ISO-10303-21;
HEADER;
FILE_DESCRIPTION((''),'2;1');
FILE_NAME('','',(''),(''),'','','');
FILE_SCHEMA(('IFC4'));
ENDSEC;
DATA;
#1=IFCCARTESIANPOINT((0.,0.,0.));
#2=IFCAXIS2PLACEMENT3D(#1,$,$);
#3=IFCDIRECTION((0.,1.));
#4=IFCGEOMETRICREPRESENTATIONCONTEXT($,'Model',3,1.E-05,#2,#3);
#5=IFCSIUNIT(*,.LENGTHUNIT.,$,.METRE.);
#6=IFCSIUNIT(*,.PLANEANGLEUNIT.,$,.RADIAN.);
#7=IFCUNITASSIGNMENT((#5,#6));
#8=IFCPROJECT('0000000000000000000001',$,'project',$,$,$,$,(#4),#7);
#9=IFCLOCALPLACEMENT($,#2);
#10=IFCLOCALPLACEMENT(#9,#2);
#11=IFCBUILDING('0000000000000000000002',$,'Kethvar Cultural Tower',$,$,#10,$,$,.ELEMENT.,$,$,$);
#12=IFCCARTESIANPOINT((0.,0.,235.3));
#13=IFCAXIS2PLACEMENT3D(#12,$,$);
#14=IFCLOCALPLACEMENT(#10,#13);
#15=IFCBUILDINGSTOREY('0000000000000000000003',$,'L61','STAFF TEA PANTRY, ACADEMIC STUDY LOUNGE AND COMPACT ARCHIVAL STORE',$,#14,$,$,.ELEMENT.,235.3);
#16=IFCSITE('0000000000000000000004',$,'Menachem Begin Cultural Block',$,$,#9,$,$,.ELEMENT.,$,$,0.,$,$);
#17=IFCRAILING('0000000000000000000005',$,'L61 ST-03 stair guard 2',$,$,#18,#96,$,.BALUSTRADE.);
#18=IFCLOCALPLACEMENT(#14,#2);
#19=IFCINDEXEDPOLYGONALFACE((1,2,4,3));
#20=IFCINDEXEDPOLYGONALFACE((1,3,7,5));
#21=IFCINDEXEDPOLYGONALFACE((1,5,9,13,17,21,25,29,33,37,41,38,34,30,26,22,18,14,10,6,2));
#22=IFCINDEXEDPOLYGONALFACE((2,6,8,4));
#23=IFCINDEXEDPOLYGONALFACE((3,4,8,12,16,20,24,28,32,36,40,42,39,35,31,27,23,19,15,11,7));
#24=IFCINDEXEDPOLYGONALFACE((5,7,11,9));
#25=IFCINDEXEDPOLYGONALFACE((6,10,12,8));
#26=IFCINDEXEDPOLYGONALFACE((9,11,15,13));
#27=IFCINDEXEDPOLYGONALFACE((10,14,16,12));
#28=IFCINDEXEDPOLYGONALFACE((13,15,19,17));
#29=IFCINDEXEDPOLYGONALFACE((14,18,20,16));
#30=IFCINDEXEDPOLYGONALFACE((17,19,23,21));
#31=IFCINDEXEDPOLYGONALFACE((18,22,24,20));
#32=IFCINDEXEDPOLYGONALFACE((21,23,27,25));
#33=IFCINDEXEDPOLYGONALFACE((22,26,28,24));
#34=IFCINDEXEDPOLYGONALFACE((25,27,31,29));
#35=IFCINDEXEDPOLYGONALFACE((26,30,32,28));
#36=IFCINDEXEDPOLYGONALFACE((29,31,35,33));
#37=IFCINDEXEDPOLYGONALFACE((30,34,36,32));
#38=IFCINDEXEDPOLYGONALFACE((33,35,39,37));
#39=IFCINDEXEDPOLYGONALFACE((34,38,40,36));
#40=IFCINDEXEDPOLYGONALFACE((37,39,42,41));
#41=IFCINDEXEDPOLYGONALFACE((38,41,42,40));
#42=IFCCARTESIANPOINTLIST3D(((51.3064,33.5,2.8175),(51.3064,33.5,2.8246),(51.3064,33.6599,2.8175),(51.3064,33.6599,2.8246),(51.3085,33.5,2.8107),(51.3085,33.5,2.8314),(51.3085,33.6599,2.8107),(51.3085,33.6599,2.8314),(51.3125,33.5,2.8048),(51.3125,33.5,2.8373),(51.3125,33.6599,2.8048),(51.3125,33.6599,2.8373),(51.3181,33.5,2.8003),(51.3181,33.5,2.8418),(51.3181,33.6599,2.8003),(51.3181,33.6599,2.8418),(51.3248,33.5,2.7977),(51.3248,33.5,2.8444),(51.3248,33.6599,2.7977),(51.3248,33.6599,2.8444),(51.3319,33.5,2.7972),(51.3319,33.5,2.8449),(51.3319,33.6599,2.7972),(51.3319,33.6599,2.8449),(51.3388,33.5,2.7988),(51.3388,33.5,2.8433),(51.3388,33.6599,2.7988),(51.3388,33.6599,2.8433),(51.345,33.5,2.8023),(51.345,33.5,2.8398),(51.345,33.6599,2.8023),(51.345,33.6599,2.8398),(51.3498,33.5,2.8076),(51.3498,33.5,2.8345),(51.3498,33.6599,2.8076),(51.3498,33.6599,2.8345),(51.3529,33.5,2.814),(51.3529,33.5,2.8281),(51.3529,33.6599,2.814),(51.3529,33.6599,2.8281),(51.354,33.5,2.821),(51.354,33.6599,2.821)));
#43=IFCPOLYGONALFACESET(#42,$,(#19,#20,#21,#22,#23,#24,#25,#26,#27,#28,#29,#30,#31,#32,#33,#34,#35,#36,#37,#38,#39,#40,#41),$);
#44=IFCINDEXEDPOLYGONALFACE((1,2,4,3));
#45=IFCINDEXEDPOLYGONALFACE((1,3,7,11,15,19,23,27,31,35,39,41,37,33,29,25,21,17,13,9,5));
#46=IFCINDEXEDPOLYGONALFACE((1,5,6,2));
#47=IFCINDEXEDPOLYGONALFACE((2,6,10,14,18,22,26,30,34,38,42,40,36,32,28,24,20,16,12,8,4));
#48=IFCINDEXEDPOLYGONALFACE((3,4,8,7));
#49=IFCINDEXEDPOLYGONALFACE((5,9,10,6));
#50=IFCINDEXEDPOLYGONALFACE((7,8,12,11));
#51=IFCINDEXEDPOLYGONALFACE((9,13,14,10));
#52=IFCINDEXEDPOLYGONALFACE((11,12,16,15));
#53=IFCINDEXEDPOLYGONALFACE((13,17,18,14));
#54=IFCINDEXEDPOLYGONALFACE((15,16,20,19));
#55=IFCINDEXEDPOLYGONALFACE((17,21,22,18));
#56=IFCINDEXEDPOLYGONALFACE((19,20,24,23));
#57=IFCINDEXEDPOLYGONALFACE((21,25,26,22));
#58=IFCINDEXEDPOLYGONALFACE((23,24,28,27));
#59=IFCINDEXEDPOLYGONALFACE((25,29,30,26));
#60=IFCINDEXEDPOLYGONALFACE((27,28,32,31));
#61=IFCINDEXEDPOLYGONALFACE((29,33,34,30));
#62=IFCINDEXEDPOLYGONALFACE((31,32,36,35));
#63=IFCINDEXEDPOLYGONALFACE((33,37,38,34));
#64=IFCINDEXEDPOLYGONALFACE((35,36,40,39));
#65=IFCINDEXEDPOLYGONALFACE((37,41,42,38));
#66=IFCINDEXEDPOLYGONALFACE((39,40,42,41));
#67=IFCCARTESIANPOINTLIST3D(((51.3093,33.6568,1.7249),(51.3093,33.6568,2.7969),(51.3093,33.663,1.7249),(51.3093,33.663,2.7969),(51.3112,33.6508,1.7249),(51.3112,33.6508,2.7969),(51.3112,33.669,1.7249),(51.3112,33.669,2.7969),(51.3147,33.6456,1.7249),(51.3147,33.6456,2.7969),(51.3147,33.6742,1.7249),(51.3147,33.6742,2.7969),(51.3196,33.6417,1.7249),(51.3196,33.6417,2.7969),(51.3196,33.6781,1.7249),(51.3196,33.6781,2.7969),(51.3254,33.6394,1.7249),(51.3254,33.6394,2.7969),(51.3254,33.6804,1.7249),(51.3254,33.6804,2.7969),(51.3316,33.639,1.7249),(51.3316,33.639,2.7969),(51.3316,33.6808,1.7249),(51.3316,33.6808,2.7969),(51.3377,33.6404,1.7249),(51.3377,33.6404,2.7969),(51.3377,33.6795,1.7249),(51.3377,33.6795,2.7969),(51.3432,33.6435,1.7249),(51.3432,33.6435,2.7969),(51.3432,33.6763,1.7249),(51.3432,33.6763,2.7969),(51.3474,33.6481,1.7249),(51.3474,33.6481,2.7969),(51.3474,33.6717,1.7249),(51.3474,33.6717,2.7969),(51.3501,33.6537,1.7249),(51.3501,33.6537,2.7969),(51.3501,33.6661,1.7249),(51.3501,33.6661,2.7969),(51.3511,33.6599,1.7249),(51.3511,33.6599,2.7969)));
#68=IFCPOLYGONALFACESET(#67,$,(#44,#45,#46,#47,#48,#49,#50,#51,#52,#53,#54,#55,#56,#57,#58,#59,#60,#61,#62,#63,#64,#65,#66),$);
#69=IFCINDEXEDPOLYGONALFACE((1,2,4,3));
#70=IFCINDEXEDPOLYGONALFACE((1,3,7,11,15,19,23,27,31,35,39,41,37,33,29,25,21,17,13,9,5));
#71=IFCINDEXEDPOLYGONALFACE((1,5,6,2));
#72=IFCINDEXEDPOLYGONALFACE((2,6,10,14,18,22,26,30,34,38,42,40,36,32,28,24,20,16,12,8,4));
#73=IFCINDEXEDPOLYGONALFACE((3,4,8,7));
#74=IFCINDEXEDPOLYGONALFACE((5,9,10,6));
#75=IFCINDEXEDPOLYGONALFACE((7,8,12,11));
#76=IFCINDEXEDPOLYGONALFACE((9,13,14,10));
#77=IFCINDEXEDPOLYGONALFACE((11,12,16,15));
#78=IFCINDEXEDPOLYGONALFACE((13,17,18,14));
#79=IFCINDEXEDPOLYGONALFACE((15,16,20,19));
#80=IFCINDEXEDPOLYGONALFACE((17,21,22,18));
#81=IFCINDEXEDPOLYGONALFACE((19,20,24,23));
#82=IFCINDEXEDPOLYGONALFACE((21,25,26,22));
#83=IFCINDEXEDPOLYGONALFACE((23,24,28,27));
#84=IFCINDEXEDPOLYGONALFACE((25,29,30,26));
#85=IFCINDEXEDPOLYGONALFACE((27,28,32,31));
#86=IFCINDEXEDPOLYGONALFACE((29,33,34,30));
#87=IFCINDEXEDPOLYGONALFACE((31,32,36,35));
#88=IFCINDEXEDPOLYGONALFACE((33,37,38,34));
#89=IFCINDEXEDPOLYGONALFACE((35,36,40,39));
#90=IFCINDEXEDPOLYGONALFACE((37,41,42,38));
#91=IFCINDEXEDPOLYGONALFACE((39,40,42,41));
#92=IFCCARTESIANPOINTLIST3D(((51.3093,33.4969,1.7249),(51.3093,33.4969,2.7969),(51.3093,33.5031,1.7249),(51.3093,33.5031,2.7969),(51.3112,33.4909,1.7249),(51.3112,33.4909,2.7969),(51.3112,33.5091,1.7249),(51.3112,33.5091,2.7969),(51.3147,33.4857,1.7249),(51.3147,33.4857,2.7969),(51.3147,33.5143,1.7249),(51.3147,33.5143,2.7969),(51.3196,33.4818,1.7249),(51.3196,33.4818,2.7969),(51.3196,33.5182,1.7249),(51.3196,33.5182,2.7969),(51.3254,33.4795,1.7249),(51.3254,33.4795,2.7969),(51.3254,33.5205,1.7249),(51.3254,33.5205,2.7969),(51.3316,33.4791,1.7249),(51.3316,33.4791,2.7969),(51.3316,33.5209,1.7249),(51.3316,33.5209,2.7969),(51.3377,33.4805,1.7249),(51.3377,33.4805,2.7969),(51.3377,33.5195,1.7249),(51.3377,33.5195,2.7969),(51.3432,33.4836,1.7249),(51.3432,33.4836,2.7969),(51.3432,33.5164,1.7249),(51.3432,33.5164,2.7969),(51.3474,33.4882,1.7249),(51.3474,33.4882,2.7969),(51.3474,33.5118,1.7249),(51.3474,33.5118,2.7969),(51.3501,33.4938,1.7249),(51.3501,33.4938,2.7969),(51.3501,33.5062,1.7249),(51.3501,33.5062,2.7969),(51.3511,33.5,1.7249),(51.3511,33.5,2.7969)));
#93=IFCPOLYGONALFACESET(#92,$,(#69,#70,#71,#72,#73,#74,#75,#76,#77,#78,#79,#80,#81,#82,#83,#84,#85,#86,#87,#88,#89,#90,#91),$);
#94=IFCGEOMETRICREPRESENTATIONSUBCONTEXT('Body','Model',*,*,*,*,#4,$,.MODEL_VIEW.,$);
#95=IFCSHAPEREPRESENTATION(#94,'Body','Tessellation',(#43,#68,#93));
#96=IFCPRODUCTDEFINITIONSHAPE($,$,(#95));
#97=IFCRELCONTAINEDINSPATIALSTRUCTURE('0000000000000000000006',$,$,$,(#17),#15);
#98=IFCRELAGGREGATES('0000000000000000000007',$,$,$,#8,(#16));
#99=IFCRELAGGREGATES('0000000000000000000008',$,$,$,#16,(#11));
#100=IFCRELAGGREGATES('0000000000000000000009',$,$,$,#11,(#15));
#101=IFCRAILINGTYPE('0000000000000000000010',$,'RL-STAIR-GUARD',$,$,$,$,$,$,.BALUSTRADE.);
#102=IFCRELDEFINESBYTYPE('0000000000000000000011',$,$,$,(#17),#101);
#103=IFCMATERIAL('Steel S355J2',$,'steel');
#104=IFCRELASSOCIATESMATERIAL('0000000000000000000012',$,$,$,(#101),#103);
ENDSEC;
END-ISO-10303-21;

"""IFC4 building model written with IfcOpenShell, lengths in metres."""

from ifc_helpers import new_model, si_unit, direction, frame, origin, origin_2d, place, context, subcontext, project, spatial, circle, extrude, material, type_object, element, save


model = new_model("IFC4")

# Units and contexts
model_context = context("Model", 3, precision=1e-05, world=origin(), true_north=direction((0.0, 1.0)))
body_context = subcontext(model_context, "Body", "Model", "MODEL_VIEW")
ifc_project = project(units=[si_unit("LENGTHUNIT", "METRE"), si_unit("PLANEANGLEUNIT", "RADIAN")], contexts=[model_context])

# Site, building, storey
site_placement = place(None, origin())
site = spatial("IfcSite", under=ifc_project, at=site_placement, Name="Menachem Begin Cultural Block", CompositionType="ELEMENT", RefElevation=0.0)
building_placement = place(site_placement, origin())
building = spatial("IfcBuilding", under=site, at=building_placement, Name="Kethvar Cultural Tower", CompositionType="ELEMENT")
storey_placement = place(building_placement, frame((0.0, 0.0, 235.3)))
storey = spatial("IfcBuildingStorey", under=building, at=storey_placement, Name="L61", Description="STAFF TEA PANTRY, ACADEMIC STUDY LOUNGE AND COMPACT ARCHIVAL STORE", CompositionType="ELEMENT", Elevation=235.3)

# Shared definitions
ifc_material_1 = material(Name="Steel S355J2", Category="steel")

# Railing
railing_type_1 = type_object("IfcRailingType", Name="RL-STAIR-GUARD", PredefinedType="BALUSTRADE", material=ifc_material_1)
railing_1_placement = place(storey_placement, frame((51.3301, 33.6599, 1.7249)))
element("IfcRailing", 1, at=railing_1_placement, inside=storey, type_object=railing_type_1, Name="L61 ST-03 stair guard 2", PredefinedType="BALUSTRADE", context=body_context, shape_type="SweptSolid", body=[
    extrude(circle(Radius=0.0239, at=origin_2d()), frame((0.0, 0.0, 1.0962), z_axis=(0.0, -1.0, 0.0), x_axis=(1.0, 0.0, 0.0)), (0.0, 0.0, 1.0), 0.1599),
    extrude(circle(Radius=0.021, at=origin_2d()), origin(), (0.0, 0.0, 1.0), 1.072),
    extrude(circle(Radius=0.021, at=origin_2d()), frame((0.0, -0.1599, 0.0)), (0.0, 0.0, 1.0), 1.072),
])

save(model, "model.ifc")
